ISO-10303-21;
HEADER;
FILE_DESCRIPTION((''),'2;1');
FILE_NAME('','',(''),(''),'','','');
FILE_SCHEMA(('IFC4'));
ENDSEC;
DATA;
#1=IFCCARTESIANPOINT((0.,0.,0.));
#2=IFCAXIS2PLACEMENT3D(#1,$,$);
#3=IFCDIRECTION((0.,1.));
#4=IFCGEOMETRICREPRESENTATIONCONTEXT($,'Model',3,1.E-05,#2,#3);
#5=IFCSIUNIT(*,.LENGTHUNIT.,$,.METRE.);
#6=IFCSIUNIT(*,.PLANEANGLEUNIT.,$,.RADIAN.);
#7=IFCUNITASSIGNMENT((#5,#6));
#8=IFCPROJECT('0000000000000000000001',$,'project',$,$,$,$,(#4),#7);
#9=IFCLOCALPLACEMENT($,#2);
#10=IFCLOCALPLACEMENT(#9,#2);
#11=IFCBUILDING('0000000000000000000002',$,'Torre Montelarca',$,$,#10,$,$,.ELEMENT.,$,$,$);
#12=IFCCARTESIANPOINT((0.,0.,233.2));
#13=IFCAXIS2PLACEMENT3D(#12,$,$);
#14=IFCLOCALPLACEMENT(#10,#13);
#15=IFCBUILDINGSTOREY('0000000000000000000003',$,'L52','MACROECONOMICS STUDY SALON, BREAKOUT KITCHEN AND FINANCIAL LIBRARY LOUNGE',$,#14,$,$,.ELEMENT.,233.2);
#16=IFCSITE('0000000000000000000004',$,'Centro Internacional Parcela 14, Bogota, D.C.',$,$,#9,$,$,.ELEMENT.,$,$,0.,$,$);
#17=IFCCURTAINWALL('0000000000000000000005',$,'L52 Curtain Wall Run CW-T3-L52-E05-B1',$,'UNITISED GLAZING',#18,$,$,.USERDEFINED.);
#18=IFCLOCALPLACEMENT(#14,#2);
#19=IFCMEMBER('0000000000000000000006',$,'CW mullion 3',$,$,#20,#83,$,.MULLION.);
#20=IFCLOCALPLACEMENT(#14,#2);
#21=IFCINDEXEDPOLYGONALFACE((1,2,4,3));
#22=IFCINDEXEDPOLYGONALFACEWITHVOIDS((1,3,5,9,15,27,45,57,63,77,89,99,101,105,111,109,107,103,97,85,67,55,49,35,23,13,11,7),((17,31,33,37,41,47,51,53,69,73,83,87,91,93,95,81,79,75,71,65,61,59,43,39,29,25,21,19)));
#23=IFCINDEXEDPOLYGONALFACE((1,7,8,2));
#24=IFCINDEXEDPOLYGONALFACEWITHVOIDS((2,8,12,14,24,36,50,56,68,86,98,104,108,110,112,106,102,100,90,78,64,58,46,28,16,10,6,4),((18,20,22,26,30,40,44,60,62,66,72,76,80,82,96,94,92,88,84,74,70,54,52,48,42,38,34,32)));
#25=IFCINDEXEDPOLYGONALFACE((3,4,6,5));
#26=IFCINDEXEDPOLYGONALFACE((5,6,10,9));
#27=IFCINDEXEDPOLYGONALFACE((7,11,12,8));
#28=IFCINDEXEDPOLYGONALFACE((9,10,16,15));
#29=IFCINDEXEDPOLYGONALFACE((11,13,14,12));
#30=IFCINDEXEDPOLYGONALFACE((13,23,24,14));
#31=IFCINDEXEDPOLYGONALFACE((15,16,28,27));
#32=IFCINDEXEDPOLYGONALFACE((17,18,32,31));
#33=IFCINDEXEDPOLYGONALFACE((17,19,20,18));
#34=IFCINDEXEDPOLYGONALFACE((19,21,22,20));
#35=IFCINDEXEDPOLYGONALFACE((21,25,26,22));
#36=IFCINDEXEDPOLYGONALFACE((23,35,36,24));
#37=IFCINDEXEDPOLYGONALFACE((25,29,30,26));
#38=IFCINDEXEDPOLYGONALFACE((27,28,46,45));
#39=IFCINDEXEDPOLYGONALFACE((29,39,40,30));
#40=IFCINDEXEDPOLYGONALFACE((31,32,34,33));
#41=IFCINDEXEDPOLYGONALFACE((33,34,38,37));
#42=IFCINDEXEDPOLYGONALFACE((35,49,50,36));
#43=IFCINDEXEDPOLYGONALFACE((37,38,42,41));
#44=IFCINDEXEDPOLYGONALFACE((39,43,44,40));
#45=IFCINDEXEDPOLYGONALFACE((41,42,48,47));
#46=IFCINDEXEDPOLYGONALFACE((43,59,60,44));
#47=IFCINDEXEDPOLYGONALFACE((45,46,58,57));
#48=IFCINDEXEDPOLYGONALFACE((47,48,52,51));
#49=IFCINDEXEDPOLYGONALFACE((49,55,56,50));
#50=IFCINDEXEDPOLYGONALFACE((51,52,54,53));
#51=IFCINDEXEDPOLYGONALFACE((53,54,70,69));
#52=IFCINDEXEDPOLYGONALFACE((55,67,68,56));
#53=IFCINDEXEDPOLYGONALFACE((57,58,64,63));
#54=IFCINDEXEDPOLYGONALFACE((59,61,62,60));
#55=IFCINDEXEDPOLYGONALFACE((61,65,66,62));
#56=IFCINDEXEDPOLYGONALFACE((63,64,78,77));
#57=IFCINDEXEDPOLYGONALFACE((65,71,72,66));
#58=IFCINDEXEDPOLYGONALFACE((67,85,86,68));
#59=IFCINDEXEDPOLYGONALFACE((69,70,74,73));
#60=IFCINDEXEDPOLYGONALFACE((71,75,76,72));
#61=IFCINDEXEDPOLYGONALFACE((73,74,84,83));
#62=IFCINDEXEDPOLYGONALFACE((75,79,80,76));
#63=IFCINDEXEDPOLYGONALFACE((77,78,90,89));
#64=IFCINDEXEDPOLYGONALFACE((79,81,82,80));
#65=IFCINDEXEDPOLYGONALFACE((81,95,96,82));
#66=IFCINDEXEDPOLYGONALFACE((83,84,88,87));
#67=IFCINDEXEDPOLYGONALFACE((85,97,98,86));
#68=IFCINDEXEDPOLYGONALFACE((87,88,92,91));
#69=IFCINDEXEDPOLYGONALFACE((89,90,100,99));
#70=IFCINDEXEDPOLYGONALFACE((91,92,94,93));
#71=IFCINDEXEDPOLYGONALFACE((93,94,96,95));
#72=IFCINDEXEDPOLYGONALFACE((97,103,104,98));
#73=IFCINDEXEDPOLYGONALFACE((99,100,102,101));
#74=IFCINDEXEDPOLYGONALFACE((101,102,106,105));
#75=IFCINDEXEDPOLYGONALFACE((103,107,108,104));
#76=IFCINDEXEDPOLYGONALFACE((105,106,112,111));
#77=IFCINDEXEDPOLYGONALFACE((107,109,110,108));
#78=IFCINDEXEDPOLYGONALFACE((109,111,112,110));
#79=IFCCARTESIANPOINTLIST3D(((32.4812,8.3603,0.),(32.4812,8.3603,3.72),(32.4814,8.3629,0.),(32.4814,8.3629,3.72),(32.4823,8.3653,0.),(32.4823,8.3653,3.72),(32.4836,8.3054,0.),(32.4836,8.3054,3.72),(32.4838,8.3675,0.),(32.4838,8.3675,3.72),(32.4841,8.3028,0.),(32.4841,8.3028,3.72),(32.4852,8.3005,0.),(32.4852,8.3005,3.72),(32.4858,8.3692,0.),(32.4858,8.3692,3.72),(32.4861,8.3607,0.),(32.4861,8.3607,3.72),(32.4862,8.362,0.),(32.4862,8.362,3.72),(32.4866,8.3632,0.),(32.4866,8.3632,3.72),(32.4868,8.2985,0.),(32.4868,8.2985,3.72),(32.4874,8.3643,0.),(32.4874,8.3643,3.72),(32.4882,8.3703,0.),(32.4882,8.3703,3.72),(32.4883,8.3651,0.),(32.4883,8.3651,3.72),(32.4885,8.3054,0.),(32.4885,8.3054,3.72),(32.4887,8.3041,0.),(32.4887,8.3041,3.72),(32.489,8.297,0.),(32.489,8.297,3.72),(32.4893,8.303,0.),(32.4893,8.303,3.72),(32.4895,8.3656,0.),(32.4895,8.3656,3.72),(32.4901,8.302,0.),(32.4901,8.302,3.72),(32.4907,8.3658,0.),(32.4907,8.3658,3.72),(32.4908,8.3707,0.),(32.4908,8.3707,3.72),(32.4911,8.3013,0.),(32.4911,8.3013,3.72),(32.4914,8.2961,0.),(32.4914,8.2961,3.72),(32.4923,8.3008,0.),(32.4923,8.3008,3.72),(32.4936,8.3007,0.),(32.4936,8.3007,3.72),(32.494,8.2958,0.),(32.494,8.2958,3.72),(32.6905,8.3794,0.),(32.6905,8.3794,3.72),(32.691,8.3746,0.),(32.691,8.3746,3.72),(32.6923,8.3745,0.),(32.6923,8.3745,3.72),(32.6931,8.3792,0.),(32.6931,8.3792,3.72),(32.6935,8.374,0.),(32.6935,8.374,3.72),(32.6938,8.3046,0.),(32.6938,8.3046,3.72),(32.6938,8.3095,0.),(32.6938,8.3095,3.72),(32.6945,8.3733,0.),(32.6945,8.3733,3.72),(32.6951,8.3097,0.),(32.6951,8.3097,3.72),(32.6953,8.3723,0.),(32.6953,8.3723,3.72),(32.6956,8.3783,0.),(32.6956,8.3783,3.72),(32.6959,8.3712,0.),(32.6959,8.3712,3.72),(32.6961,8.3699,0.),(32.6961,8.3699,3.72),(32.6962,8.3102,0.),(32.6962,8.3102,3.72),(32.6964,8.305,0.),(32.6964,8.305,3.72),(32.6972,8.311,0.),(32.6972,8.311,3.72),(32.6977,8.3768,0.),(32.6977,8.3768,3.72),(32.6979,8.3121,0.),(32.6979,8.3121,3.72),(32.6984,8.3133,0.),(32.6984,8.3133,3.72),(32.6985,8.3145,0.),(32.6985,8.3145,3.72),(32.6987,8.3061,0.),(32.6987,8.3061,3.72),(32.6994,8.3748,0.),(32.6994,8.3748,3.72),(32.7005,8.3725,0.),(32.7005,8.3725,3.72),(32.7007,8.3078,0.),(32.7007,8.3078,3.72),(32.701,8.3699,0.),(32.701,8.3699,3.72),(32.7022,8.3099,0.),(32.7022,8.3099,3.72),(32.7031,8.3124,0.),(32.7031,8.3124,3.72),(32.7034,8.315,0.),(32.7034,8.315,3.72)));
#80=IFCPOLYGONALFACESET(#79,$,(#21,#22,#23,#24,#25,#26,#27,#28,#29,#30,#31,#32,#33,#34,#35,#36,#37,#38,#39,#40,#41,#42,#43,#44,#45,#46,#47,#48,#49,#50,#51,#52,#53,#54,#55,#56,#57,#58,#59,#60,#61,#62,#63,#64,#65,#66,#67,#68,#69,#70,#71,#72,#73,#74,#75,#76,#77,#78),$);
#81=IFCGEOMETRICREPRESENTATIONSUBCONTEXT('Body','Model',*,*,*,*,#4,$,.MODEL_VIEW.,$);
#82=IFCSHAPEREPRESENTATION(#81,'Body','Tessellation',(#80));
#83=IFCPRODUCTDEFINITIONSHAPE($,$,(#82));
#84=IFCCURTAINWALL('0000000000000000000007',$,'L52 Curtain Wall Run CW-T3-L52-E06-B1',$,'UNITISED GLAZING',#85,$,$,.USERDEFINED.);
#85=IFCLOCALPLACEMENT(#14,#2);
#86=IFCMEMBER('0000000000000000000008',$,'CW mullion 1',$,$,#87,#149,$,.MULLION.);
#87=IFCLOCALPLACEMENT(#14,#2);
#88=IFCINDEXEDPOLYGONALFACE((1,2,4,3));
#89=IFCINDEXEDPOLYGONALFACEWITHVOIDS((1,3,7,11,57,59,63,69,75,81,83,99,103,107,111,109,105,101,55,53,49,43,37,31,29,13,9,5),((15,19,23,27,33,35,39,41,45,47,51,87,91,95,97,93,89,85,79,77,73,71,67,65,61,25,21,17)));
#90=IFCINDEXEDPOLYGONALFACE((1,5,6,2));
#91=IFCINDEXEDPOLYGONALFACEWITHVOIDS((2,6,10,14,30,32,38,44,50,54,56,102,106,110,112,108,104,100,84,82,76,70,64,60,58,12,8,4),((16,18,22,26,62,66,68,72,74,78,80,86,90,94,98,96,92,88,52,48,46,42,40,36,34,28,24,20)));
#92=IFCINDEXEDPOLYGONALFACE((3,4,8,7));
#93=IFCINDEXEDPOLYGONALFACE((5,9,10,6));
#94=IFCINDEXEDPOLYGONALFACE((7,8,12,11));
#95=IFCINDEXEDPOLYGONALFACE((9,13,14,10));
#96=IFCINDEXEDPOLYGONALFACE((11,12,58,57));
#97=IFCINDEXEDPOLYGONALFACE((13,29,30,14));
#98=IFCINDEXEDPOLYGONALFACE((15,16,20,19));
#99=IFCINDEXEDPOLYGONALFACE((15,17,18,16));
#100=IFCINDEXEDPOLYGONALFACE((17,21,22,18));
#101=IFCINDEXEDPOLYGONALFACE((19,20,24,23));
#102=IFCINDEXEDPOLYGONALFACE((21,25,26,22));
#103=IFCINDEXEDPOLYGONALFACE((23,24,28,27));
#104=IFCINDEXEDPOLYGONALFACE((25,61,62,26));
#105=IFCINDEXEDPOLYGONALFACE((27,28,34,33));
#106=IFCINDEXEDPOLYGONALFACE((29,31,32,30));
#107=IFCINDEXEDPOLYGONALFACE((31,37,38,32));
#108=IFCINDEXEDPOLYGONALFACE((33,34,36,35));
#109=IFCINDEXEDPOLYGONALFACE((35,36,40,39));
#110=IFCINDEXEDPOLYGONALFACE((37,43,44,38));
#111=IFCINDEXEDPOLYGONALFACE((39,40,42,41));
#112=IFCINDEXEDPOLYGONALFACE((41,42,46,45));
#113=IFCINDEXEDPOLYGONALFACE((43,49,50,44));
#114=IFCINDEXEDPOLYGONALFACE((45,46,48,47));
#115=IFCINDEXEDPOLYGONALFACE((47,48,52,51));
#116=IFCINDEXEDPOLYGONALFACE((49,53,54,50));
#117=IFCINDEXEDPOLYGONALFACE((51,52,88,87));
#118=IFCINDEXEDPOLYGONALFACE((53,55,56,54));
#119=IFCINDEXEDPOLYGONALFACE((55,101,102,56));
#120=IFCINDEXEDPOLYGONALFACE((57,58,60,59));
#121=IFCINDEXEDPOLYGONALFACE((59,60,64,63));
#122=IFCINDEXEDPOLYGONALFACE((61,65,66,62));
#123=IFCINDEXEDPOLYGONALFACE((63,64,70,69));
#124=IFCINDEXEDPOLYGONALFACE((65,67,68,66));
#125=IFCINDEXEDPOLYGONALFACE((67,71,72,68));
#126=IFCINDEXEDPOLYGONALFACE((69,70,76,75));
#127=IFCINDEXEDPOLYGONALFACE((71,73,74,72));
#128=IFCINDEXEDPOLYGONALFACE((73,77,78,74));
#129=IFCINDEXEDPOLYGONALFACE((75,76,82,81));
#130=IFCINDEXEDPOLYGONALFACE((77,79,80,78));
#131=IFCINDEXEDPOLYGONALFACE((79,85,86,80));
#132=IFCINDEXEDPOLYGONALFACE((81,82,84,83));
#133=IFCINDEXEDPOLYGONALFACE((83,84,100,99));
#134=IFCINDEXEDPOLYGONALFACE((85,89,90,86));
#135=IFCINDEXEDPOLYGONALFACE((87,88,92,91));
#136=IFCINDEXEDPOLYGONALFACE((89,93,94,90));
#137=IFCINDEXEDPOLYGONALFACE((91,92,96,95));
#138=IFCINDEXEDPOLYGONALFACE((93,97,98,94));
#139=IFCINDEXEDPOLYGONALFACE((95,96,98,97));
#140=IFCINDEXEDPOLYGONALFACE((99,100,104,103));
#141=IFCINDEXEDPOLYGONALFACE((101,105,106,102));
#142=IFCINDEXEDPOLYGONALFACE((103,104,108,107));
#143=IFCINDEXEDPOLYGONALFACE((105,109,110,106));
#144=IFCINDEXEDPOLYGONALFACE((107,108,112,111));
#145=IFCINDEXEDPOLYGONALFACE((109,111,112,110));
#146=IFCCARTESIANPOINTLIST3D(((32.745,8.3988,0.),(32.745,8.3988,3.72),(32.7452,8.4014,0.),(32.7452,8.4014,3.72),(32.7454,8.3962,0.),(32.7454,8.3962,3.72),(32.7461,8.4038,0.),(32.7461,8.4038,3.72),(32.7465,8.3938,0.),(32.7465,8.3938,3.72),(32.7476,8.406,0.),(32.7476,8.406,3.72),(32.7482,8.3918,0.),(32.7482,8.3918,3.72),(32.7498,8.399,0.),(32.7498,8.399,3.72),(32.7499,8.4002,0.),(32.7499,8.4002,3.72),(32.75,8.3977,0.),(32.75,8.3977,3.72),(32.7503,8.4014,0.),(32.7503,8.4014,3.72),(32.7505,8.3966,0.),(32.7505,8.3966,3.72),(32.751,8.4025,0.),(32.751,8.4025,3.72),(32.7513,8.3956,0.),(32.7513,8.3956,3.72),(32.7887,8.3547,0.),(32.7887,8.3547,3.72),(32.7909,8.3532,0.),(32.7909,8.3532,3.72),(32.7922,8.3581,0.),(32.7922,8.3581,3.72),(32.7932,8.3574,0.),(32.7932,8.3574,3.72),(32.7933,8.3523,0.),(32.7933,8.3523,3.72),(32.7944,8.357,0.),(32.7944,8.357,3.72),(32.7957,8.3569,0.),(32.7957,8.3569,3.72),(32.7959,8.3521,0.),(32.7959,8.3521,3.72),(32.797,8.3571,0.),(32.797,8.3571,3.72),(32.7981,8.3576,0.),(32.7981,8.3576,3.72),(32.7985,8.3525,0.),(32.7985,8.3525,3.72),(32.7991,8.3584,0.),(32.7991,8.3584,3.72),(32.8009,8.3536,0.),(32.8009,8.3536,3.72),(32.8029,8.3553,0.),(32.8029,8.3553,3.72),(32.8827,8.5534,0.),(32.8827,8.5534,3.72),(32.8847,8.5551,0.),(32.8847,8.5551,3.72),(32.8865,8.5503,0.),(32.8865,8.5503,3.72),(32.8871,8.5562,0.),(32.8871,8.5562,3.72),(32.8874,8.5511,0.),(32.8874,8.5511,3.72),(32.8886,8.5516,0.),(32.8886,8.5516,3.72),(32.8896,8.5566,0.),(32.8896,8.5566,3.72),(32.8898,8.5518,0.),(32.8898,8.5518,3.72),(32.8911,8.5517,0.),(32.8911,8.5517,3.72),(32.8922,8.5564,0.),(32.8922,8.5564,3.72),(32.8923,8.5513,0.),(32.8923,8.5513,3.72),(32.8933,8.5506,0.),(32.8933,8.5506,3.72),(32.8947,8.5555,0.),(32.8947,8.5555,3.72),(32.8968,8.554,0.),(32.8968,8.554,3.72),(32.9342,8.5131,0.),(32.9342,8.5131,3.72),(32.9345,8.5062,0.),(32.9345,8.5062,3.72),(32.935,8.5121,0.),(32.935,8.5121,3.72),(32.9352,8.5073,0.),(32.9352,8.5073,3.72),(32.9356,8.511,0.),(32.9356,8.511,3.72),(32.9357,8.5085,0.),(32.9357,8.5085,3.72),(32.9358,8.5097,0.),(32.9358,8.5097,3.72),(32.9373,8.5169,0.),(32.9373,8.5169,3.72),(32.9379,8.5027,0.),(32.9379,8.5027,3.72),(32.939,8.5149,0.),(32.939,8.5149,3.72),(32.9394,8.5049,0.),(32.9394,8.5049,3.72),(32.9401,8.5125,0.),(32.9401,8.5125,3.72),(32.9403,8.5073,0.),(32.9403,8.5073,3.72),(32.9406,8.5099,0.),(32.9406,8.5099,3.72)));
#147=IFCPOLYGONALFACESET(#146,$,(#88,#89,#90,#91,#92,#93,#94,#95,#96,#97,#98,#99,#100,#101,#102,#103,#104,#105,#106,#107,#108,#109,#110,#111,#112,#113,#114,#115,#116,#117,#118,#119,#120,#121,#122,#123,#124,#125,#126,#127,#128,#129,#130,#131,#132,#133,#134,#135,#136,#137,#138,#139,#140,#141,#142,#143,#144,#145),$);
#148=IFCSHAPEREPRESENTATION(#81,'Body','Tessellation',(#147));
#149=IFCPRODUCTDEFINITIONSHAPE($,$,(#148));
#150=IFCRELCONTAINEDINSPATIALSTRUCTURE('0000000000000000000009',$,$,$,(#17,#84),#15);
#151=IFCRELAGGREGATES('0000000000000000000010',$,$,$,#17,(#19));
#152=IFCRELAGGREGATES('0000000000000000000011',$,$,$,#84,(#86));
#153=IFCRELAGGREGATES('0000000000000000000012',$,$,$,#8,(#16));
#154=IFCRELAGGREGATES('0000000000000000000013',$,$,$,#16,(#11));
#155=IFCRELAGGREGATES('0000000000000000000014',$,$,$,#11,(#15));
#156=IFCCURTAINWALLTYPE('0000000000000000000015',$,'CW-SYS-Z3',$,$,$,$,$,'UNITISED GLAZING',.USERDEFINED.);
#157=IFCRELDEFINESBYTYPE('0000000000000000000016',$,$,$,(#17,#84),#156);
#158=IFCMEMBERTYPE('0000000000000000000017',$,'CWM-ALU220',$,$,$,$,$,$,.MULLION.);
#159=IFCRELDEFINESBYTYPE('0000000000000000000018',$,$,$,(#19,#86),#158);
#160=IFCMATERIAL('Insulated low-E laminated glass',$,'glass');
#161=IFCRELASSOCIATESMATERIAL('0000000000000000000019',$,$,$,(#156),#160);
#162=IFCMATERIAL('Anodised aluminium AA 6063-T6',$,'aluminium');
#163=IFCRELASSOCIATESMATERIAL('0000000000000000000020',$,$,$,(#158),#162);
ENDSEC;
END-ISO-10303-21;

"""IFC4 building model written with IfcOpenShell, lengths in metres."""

from ifc_helpers import new_model, si_unit, direction, frame, origin, origin_2d, place, context, subcontext, project, spatial, hollow_rectangle, extrude, source, transform, mapped, material, material_profile, profile_set, type_object, element, aggregate, save


model = new_model("IFC4")

# Units and contexts
model_context = context("Model", 3, precision=1e-05, world=origin(), true_north=direction((0.0, 1.0)))
body_context = subcontext(model_context, "Body", "Model", "MODEL_VIEW")
ifc_project = project(units=[si_unit("LENGTHUNIT", "METRE"), si_unit("PLANEANGLEUNIT", "RADIAN")], contexts=[model_context])

# Site, building, storey
site_placement = place(None, origin())
site = spatial("IfcSite", under=ifc_project, at=site_placement, Name="Centro Internacional Parcela 14, Bogota, D.C.", CompositionType="ELEMENT", RefElevation=0.0)
building_placement = place(site_placement, origin())
building = spatial("IfcBuilding", under=site, at=building_placement, Name="Torre Montelarca", CompositionType="ELEMENT")
storey_placement = place(building_placement, frame((0.0, 0.0, 233.2)))
storey = spatial("IfcBuildingStorey", under=building, at=storey_placement, Name="L52", Description="MACROECONOMICS STUDY SALON, BREAKOUT KITCHEN AND FINANCIAL LIBRARY LOUNGE", CompositionType="ELEMENT", Elevation=233.2)

# Shared definitions
ifc_material_1 = material(Name="Insulated low-E laminated glass", Category="glass")
curtain_wall_type = type_object("IfcCurtainWallType", Name="CW-SYS-Z3", ElementType="UNITISED GLAZING", PredefinedType="USERDEFINED", material=ifc_material_1)
ifc_material_2 = material(Name="Anodised aluminium AA 6063-T6", Category="aluminium")

# Curtain wall, member
curtain_wall_1_placement = place(storey_placement, origin())
curtain_wall_1 = element("IfcCurtainWall", 1, at=curtain_wall_1_placement, inside=storey, type_object=curtain_wall_type, Name="L52 Curtain Wall Run CW-T3-L52-E05-B1", ObjectType="UNITISED GLAZING", PredefinedType="USERDEFINED")
ifc_material_profile_1 = material_profile(ifc_material_2, hollow_rectangle(XDim=0.075, YDim=0.22, WallThickness=0.0049, InnerFilletRadius=0.0049, OuterFilletRadius=0.01, at=origin_2d()), Name="ALU75X220X5", Category="aluminium")
ifc_profile_set_1 = profile_set([ifc_material_profile_1], Name="Anodised aluminium AA 6063-T6")
member_type_1 = type_object("IfcMemberType", Name="CWM-ALU220", PredefinedType="MULLION", material=ifc_profile_set_1)
shared_shape_1 = source(origin(), body_context, "Body", "SweptSolid", [
    extrude(hollow_rectangle(XDim=0.075, YDim=0.22, WallThickness=0.0049, InnerFilletRadius=0.0049, OuterFilletRadius=0.01, at=origin_2d()), origin(), (0.0, 0.0, 1.0), 3.72),
])
member_1_placement = place(storey_placement, frame((32.5923, 8.3376, 0.0), z_axis=(0.0, 0.0, 1.0), x_axis=(-0.043616, 0.999048, 0.0)))
member_1 = element("IfcMember", 2, at=member_1_placement, type_object=member_type_1, Name="CW mullion 3", PredefinedType="MULLION", context=body_context, shape_type="MappedRepresentation", body=[
    mapped(shared_shape_1, transform((0.0, 0.0, 0.0), scale=1.0)),
])

# Curtain wall, member
curtain_wall_2_placement = place(storey_placement, origin())
curtain_wall_2 = element("IfcCurtainWall", 3, at=curtain_wall_2_placement, inside=storey, type_object=curtain_wall_type, Name="L52 Curtain Wall Run CW-T3-L52-E06-B1", ObjectType="UNITISED GLAZING", PredefinedType="USERDEFINED")
member_2_placement = place(storey_placement, frame((32.8428, 8.4543, 0.0), z_axis=(0.0, 0.0, 1.0), x_axis=(-0.737278, 0.67559, 0.0)))
member_2 = element("IfcMember", 4, at=member_2_placement, type_object=member_type_1, Name="CW mullion 1", PredefinedType="MULLION", context=body_context, shape_type="MappedRepresentation", body=[
    mapped(shared_shape_1, transform((0.0, 0.0, 0.0), scale=1.0)),
])

aggregate(curtain_wall_1, [member_1])
aggregate(curtain_wall_2, [member_2])

save(model, "model.ifc")
